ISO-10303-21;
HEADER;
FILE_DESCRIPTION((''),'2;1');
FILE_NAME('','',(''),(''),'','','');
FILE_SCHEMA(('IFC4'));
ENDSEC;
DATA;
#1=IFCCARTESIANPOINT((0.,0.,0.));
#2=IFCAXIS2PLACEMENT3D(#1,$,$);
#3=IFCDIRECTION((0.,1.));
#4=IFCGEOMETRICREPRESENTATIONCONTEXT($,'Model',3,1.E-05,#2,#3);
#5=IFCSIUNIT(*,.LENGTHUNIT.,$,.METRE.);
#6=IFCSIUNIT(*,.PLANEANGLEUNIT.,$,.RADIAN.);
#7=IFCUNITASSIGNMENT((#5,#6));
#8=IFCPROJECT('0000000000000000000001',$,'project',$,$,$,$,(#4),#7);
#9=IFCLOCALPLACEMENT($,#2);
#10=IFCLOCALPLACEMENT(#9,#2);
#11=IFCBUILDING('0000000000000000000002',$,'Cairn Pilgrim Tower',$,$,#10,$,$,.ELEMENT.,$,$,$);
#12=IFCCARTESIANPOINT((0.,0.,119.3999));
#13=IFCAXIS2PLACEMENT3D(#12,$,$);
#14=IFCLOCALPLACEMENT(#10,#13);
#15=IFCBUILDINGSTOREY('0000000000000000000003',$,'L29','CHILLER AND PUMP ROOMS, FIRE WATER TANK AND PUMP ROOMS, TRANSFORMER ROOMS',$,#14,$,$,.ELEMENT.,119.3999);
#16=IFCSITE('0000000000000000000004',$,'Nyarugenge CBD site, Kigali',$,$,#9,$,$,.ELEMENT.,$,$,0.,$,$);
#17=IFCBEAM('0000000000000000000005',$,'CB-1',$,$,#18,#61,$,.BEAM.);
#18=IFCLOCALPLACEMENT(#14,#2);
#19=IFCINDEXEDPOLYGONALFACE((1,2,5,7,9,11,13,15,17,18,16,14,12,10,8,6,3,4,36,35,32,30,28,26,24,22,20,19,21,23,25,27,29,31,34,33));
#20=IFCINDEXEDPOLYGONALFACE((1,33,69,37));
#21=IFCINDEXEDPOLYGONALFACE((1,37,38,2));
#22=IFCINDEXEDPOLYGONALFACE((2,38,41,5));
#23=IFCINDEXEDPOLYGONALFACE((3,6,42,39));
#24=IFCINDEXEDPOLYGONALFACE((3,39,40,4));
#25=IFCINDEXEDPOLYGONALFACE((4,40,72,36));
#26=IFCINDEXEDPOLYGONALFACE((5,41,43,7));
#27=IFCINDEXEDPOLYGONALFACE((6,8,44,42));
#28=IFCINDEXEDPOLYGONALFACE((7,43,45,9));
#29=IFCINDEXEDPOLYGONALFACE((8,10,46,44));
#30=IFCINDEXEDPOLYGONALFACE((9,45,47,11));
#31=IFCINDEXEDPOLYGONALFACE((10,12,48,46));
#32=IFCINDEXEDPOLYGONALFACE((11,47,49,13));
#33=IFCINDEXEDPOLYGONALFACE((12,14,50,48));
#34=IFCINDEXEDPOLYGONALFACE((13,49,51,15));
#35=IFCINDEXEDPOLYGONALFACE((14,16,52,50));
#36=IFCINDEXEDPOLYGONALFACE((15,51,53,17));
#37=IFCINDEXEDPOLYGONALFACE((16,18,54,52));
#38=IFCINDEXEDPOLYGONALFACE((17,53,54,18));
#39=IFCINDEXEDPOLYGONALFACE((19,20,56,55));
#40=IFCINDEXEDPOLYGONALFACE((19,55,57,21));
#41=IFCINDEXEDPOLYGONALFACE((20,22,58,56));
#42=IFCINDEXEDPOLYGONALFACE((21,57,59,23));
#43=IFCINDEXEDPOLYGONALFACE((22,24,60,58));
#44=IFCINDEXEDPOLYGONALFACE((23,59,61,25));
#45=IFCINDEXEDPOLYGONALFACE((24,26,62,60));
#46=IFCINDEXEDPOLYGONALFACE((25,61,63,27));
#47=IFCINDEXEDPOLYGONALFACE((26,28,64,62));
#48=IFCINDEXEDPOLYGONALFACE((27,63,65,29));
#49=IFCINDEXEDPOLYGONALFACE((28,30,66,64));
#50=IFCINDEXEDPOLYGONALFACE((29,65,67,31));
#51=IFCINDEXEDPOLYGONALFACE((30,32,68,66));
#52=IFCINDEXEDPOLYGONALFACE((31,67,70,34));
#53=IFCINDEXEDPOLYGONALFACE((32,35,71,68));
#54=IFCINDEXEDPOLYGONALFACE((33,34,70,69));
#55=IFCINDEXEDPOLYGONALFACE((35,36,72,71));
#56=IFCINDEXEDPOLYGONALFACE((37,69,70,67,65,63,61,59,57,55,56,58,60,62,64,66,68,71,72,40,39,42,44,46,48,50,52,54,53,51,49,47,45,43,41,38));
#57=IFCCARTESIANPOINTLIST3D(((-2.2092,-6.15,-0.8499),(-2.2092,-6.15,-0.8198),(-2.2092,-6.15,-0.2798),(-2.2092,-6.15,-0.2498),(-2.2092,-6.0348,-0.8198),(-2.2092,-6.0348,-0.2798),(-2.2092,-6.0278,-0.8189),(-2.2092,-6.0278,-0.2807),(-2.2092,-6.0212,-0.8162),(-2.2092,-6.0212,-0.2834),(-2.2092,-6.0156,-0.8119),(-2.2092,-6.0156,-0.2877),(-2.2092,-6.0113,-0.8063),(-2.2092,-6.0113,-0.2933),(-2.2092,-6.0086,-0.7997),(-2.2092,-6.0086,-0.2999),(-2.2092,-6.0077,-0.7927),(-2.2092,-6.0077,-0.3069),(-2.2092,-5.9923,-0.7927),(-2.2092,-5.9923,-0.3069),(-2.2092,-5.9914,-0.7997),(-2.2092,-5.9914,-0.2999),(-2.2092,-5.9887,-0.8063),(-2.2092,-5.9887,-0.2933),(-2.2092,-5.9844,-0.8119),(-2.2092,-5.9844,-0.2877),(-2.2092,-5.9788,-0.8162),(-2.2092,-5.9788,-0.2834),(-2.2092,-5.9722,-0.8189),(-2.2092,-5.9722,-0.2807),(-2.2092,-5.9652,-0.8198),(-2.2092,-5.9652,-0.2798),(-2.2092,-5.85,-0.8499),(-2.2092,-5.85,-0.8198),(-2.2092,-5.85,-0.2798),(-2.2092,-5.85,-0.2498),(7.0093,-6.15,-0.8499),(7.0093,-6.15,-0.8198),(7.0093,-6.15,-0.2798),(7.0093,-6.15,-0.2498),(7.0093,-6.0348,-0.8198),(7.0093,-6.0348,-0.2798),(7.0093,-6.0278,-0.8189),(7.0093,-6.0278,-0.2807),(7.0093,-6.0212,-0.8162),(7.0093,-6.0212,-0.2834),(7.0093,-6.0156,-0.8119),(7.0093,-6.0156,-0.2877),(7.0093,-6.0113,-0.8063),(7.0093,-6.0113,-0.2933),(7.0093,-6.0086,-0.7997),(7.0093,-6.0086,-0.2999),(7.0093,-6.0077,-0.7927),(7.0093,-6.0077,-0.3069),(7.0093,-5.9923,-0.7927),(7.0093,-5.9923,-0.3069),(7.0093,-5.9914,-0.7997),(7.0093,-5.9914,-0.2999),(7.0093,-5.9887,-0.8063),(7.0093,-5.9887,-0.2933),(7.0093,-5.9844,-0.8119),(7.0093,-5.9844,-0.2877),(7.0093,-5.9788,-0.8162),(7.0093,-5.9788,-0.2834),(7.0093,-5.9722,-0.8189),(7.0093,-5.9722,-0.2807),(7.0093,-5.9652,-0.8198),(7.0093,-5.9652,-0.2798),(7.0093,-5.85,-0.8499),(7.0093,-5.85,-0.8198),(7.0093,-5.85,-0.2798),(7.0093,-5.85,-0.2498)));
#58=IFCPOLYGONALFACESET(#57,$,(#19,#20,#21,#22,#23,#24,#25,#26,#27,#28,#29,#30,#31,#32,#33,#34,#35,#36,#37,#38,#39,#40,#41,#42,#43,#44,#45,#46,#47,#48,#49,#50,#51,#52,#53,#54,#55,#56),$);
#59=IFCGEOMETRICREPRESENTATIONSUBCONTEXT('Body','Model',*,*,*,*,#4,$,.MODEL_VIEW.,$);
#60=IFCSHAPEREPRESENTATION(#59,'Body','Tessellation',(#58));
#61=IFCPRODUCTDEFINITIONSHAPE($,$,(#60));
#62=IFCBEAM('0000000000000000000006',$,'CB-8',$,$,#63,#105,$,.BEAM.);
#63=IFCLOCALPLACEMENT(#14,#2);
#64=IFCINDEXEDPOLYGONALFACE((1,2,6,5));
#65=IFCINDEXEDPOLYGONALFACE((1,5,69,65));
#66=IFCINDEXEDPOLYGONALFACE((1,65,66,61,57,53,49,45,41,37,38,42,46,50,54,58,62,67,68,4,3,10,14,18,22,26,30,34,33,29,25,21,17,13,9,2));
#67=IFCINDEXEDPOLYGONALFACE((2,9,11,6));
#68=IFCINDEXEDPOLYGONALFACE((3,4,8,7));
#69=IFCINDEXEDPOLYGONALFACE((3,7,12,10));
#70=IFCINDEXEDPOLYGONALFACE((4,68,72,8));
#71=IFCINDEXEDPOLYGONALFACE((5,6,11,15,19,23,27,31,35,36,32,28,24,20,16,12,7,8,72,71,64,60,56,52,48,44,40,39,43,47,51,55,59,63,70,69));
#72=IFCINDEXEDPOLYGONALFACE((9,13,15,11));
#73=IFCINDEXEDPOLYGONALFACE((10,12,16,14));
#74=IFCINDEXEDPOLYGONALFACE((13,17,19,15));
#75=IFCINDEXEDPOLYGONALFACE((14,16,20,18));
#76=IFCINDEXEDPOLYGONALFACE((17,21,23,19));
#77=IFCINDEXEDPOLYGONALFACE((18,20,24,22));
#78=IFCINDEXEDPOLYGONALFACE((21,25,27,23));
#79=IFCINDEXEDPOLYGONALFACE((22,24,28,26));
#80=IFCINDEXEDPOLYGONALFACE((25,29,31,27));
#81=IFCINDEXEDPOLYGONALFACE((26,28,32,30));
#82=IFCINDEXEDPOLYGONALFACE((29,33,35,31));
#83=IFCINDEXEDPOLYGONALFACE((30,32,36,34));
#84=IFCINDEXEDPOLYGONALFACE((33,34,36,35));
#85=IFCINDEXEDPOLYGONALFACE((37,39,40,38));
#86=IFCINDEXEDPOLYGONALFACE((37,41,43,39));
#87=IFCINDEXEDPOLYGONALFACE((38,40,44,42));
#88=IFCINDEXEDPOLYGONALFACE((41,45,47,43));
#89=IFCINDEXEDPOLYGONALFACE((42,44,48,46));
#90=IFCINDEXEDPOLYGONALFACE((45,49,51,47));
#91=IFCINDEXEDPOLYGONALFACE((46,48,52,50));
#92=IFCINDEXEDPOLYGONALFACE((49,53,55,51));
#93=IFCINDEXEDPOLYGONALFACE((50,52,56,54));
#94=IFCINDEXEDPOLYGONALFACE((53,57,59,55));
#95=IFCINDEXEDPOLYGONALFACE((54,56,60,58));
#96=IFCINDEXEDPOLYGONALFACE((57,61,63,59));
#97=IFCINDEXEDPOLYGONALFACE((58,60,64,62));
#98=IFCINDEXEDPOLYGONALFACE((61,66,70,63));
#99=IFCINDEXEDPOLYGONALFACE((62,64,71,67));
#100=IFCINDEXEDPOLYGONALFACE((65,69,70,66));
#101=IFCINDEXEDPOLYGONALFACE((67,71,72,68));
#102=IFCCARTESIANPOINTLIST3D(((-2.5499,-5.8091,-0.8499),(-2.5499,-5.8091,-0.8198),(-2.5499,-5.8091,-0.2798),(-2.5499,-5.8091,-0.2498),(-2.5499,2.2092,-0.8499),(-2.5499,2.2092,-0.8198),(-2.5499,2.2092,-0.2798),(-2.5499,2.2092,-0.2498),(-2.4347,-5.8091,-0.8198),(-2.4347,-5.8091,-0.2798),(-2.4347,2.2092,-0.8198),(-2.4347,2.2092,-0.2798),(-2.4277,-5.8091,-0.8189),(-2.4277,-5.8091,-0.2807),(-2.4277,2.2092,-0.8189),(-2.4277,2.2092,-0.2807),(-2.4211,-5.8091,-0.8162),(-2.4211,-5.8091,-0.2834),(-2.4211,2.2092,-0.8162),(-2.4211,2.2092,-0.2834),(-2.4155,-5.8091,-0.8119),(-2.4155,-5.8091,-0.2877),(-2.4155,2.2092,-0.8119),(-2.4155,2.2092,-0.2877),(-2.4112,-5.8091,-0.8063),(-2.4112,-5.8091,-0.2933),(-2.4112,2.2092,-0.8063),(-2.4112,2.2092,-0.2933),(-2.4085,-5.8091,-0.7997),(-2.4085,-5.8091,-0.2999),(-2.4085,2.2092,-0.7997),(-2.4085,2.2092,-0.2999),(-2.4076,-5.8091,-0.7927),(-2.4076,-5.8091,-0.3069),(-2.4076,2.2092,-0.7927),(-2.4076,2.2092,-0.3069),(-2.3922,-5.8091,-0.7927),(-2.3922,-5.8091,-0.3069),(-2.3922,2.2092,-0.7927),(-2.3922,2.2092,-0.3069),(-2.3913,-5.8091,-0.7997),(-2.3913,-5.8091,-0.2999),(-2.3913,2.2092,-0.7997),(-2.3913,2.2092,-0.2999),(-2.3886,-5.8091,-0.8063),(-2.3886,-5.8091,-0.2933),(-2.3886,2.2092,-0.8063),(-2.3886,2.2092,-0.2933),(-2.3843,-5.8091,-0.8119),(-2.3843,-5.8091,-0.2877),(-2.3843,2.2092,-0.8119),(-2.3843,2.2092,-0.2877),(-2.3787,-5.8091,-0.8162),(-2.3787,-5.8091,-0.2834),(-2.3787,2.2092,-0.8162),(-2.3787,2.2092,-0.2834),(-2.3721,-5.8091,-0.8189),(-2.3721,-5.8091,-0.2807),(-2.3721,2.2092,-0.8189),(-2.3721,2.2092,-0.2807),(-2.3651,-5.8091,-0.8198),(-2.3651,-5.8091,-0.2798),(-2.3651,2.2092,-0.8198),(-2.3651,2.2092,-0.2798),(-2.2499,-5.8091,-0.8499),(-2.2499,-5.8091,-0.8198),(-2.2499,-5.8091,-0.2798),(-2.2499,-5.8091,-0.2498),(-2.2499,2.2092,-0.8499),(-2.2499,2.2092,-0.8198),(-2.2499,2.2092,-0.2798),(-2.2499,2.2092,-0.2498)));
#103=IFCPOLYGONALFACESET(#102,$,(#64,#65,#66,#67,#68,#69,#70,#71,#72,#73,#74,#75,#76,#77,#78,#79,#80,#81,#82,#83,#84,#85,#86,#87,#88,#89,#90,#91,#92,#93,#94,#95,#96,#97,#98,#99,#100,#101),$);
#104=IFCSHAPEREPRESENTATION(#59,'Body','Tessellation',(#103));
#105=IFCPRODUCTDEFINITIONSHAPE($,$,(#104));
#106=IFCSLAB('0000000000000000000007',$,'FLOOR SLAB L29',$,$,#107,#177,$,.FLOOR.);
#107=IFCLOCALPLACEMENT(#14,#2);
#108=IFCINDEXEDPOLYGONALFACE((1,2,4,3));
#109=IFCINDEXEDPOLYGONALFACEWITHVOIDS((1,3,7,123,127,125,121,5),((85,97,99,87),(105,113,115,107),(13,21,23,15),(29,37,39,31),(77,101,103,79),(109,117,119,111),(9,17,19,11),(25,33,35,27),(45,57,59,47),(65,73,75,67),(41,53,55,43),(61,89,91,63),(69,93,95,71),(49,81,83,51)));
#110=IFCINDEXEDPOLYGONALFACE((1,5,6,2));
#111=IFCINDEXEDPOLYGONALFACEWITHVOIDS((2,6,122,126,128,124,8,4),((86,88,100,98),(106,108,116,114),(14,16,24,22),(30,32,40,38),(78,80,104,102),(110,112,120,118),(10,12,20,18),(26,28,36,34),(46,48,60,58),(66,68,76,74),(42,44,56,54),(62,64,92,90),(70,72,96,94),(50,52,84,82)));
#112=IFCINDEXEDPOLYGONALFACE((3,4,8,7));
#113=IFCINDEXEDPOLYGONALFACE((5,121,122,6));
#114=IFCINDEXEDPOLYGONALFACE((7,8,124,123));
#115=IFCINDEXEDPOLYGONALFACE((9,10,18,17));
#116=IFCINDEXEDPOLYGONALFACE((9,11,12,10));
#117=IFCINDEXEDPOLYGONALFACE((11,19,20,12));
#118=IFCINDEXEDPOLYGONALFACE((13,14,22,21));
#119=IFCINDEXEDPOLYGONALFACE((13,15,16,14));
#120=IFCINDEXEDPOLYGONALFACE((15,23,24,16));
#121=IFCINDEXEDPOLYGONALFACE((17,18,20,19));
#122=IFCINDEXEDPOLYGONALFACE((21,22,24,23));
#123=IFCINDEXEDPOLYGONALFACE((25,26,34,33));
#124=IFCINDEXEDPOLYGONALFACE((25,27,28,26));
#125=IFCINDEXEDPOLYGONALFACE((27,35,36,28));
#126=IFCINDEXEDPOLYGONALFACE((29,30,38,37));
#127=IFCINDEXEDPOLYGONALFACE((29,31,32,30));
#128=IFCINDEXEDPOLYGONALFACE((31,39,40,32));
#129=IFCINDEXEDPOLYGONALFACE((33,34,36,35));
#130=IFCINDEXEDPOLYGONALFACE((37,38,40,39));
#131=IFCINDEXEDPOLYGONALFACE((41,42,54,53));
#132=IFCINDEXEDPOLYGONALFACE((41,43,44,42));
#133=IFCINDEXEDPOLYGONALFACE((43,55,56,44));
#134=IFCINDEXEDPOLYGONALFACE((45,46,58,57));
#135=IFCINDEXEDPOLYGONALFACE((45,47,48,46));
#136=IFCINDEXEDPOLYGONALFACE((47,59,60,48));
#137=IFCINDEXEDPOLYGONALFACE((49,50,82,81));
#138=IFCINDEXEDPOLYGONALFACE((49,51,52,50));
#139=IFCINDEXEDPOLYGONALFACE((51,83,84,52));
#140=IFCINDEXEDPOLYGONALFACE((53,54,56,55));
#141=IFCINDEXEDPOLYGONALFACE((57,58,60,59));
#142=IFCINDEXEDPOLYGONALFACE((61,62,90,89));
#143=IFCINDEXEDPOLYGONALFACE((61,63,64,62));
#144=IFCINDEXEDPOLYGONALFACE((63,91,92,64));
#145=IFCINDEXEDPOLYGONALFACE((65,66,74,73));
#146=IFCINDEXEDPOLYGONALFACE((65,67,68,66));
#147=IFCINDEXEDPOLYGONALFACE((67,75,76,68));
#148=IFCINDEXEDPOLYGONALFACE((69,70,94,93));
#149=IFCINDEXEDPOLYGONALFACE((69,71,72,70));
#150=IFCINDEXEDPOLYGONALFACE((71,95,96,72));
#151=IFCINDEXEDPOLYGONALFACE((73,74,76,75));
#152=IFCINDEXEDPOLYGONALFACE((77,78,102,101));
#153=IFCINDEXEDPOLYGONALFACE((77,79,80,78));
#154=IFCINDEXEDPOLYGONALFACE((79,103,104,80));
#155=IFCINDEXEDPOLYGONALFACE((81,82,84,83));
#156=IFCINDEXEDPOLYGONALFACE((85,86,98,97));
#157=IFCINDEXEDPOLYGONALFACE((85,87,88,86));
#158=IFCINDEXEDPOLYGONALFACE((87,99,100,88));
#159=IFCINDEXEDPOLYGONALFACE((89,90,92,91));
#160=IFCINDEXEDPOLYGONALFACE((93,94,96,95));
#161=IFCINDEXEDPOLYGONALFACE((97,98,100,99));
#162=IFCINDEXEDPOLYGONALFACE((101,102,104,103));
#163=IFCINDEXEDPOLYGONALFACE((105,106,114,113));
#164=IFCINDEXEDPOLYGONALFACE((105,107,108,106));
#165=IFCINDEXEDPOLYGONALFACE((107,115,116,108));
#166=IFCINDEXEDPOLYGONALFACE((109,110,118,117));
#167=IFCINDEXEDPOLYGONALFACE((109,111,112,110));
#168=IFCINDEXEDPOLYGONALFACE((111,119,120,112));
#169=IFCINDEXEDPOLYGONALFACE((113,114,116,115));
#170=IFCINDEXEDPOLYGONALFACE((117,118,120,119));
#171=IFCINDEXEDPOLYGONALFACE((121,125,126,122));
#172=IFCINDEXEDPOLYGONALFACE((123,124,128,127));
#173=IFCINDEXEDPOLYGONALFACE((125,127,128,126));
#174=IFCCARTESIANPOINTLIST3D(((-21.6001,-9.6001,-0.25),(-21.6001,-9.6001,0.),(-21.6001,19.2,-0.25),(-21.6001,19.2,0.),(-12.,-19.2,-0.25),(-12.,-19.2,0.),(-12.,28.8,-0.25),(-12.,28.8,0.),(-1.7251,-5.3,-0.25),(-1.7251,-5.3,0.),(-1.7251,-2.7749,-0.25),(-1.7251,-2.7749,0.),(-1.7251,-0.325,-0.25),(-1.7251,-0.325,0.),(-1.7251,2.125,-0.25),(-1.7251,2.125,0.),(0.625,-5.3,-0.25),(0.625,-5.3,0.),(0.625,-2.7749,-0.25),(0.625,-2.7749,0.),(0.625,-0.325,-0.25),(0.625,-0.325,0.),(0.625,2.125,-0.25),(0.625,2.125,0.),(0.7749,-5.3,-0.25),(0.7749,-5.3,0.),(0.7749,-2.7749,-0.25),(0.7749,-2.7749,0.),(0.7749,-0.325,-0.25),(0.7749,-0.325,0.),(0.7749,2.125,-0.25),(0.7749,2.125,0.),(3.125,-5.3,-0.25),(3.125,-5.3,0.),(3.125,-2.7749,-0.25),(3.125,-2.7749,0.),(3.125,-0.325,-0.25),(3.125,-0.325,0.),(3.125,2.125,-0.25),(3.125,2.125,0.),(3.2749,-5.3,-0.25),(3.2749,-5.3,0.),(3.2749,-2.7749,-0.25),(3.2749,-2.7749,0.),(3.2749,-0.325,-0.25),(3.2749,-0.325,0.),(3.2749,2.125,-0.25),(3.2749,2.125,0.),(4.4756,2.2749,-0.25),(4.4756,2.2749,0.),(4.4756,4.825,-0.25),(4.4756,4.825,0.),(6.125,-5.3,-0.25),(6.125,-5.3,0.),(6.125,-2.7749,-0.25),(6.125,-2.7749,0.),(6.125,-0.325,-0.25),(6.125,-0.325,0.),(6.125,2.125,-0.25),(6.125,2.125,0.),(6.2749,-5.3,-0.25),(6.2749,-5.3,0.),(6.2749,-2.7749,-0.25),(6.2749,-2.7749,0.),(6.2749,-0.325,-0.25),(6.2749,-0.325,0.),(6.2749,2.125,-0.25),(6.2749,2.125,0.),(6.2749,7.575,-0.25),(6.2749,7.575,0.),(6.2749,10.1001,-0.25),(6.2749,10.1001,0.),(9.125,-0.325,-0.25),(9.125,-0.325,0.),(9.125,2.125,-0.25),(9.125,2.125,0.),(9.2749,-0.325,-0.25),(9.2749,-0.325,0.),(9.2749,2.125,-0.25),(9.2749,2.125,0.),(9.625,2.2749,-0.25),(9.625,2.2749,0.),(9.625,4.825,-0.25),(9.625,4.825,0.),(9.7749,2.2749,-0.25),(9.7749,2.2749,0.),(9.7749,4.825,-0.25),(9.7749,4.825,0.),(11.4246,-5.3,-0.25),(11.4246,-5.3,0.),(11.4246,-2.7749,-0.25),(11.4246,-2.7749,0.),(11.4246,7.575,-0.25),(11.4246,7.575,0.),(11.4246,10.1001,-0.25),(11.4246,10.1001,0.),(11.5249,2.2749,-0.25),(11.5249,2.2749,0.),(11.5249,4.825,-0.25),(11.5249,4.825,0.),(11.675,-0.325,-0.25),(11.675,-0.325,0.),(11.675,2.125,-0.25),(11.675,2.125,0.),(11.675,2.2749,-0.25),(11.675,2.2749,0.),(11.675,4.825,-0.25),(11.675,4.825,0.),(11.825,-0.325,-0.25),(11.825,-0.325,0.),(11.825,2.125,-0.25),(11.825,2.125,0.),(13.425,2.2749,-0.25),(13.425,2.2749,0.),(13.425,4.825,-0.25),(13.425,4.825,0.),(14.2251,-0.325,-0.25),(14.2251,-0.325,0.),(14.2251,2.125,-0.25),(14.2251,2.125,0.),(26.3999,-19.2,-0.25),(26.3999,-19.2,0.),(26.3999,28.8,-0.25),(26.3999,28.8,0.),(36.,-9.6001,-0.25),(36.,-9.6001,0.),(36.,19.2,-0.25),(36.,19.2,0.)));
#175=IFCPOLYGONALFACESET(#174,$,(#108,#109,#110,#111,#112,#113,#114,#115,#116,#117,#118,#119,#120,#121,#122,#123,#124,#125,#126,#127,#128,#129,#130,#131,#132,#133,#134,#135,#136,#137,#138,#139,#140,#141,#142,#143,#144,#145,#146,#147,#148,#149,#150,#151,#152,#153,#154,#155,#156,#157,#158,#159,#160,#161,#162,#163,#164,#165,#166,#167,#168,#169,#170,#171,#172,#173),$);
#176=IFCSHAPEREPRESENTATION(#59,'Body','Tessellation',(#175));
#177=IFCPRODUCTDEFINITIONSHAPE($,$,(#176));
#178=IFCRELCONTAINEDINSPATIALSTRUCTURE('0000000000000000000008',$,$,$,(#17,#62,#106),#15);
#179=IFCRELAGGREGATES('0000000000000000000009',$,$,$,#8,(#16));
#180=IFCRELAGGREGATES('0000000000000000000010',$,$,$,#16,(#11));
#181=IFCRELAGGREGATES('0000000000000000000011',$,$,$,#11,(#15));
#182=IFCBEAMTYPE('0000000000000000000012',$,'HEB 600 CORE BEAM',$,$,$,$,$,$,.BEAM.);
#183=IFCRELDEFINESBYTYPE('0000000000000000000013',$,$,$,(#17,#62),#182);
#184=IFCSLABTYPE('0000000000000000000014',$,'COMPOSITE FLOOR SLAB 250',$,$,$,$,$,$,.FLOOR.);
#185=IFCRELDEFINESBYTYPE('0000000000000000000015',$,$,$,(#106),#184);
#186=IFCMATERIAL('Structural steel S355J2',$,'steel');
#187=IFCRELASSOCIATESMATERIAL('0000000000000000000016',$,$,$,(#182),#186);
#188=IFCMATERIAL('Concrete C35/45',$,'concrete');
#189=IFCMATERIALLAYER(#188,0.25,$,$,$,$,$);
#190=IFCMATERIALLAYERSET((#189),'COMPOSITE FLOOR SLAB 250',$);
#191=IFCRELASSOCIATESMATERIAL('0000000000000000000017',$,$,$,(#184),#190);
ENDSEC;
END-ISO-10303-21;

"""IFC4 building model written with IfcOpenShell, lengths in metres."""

from ifc_helpers import new_model, si_unit, direction, frame, origin, origin_2d, place, context, subcontext, project, spatial, polyline, i_section, outline, extrude, material, layer, layer_set, material_profile, profile_set, type_object, element, save


model = new_model("IFC4")

# Units and contexts
model_context = context("Model", 3, precision=1e-05, world=origin(), true_north=direction((0.0, 1.0)))
body_context = subcontext(model_context, "Body", "Model", "MODEL_VIEW")
ifc_project = project(units=[si_unit("LENGTHUNIT", "METRE"), si_unit("PLANEANGLEUNIT", "RADIAN")], contexts=[model_context])

# Site, building, storey
site_placement = place(None, origin())
site = spatial("IfcSite", under=ifc_project, at=site_placement, Name="Nyarugenge CBD site, Kigali", CompositionType="ELEMENT", RefElevation=0.0)
building_placement = place(site_placement, origin())
building = spatial("IfcBuilding", under=site, at=building_placement, Name="Cairn Pilgrim Tower", CompositionType="ELEMENT")
storey_placement = place(building_placement, frame((0.0, 0.0, 119.3999)))
storey = spatial("IfcBuildingStorey", under=building, at=storey_placement, Name="L29", Description="CHILLER AND PUMP ROOMS, FIRE WATER TANK AND PUMP ROOMS, TRANSFORMER ROOMS", CompositionType="ELEMENT", Elevation=119.3999)

# Beams
ifc_material_1 = material(Name="Structural steel S355J2", Category="steel")
ifc_material_profile_1 = material_profile(ifc_material_1, i_section(OverallWidth=0.3, OverallDepth=0.6001, WebThickness=0.0154, FlangeThickness=0.03, FilletRadius=0.0271, at=origin_2d()), Name="HEB 600")
ifc_profile_set_1 = profile_set([ifc_material_profile_1], Name="Structural steel S355J2")
beam_type = type_object("IfcBeamType", Name="HEB 600 CORE BEAM", PredefinedType="BEAM", material=ifc_profile_set_1)
beam_1_placement = place(storey_placement, frame((-2.2092, -6.0, -0.5498), z_axis=(1.0, 0.0, 0.0), x_axis=(0.0, 1.0, 0.0)))
element("IfcBeam", 1, at=beam_1_placement, inside=storey, type_object=beam_type, Name="CB-1", PredefinedType="BEAM", context=body_context, shape_type="SweptSolid", body=[
    extrude(i_section(OverallWidth=0.3, OverallDepth=0.6001, WebThickness=0.0154, FlangeThickness=0.03, FilletRadius=0.0271, at=origin_2d()), origin(), (0.0, 0.0, 1.0), 9.2185),
])
beam_2_placement = place(storey_placement, frame((-2.3999, 2.2092, -0.5498), z_axis=(0.0, -1.0, 0.0), x_axis=(1.0, 0.0, 0.0)))
element("IfcBeam", 2, at=beam_2_placement, inside=storey, type_object=beam_type, Name="CB-8", PredefinedType="BEAM", context=body_context, shape_type="SweptSolid", body=[
    extrude(i_section(OverallWidth=0.3, OverallDepth=0.6001, WebThickness=0.0154, FlangeThickness=0.03, FilletRadius=0.0271, at=origin_2d()), origin(), (0.0, 0.0, 1.0), 8.0183),
])

# Slab
ifc_material_2 = material(Name="Concrete C35/45", Category="concrete")
ifc_layer_1 = layer(ifc_material_2, 0.25)
ifc_layer_set_1 = layer_set([ifc_layer_1], Name="COMPOSITE FLOOR SLAB 250")
slab_type_1 = type_object("IfcSlabType", Name="COMPOSITE FLOOR SLAB 250", PredefinedType="FLOOR", material=ifc_layer_set_1)
slab_1_placement = place(storey_placement, frame((0.0, 0.0, -0.25)))
element("IfcSlab", 3, at=slab_1_placement, inside=storey, type_object=slab_type_1, Name="FLOOR SLAB L29", PredefinedType="FLOOR", context=body_context, shape_type="SweptSolid", body=[
    extrude(outline(polyline([(-12.0, -19.2), (26.3999, -19.2), (36.0, -9.6001), (36.0, 19.2), (26.3999, 28.8), (-12.0, 28.8), (-21.6001, 19.2), (-21.6001, -9.6001), (-12.0, -19.2)]), holes=[polyline([(-1.7251, -5.3), (0.625, -5.3), (0.625, -2.7749), (-1.7251, -2.7749), (-1.7251, -5.3)]), polyline([(0.7749, -5.3), (3.125, -5.3), (3.125, -2.7749), (0.7749, -2.7749), (0.7749, -5.3)]), polyline([(-1.7251, -0.325), (0.625, -0.325), (0.625, 2.125), (-1.7251, 2.125), (-1.7251, -0.325)]), polyline([(0.7749, -0.325), (3.125, -0.325), (3.125, 2.125), (0.7749, 2.125), (0.7749, -0.325)]), polyline([(3.2749, -5.3), (6.125, -5.3), (6.125, -2.7749), (3.2749, -2.7749), (3.2749, -5.3)]), polyline([(3.2749, -0.325), (6.125, -0.325), (6.125, 2.125), (3.2749, 2.125), (3.2749, -0.325)]), polyline([(6.2749, -0.325), (9.125, -0.325), (9.125, 2.125), (6.2749, 2.125), (6.2749, -0.325)]), polyline([(9.2749, -0.325), (11.675, -0.325), (11.675, 2.125), (9.2749, 2.125), (9.2749, -0.325)]), polyline([(11.825, -0.325), (14.2251, -0.325), (14.2251, 2.125), (11.825, 2.125), (11.825, -0.325)]), polyline([(9.7749, 2.2749), (11.5249, 2.2749), (11.5249, 4.825), (9.7749, 4.825), (9.7749, 2.2749)]), polyline([(11.675, 2.2749), (13.425, 2.2749), (13.425, 4.825), (11.675, 4.825), (11.675, 2.2749)]), polyline([(11.4246, -2.7749), (6.2749, -2.7749), (6.2749, -5.3), (11.4246, -5.3), (11.4246, -2.7749)]), polyline([(4.4756, 2.2749), (9.625, 2.2749), (9.625, 4.825), (4.4756, 4.825), (4.4756, 2.2749)]), polyline([(11.4246, 10.1001), (6.2749, 10.1001), (6.2749, 7.575), (11.4246, 7.575), (11.4246, 10.1001)])]), origin(), (0.0, 0.0, 1.0), 0.25),
])

save(model, "model.ifc")
